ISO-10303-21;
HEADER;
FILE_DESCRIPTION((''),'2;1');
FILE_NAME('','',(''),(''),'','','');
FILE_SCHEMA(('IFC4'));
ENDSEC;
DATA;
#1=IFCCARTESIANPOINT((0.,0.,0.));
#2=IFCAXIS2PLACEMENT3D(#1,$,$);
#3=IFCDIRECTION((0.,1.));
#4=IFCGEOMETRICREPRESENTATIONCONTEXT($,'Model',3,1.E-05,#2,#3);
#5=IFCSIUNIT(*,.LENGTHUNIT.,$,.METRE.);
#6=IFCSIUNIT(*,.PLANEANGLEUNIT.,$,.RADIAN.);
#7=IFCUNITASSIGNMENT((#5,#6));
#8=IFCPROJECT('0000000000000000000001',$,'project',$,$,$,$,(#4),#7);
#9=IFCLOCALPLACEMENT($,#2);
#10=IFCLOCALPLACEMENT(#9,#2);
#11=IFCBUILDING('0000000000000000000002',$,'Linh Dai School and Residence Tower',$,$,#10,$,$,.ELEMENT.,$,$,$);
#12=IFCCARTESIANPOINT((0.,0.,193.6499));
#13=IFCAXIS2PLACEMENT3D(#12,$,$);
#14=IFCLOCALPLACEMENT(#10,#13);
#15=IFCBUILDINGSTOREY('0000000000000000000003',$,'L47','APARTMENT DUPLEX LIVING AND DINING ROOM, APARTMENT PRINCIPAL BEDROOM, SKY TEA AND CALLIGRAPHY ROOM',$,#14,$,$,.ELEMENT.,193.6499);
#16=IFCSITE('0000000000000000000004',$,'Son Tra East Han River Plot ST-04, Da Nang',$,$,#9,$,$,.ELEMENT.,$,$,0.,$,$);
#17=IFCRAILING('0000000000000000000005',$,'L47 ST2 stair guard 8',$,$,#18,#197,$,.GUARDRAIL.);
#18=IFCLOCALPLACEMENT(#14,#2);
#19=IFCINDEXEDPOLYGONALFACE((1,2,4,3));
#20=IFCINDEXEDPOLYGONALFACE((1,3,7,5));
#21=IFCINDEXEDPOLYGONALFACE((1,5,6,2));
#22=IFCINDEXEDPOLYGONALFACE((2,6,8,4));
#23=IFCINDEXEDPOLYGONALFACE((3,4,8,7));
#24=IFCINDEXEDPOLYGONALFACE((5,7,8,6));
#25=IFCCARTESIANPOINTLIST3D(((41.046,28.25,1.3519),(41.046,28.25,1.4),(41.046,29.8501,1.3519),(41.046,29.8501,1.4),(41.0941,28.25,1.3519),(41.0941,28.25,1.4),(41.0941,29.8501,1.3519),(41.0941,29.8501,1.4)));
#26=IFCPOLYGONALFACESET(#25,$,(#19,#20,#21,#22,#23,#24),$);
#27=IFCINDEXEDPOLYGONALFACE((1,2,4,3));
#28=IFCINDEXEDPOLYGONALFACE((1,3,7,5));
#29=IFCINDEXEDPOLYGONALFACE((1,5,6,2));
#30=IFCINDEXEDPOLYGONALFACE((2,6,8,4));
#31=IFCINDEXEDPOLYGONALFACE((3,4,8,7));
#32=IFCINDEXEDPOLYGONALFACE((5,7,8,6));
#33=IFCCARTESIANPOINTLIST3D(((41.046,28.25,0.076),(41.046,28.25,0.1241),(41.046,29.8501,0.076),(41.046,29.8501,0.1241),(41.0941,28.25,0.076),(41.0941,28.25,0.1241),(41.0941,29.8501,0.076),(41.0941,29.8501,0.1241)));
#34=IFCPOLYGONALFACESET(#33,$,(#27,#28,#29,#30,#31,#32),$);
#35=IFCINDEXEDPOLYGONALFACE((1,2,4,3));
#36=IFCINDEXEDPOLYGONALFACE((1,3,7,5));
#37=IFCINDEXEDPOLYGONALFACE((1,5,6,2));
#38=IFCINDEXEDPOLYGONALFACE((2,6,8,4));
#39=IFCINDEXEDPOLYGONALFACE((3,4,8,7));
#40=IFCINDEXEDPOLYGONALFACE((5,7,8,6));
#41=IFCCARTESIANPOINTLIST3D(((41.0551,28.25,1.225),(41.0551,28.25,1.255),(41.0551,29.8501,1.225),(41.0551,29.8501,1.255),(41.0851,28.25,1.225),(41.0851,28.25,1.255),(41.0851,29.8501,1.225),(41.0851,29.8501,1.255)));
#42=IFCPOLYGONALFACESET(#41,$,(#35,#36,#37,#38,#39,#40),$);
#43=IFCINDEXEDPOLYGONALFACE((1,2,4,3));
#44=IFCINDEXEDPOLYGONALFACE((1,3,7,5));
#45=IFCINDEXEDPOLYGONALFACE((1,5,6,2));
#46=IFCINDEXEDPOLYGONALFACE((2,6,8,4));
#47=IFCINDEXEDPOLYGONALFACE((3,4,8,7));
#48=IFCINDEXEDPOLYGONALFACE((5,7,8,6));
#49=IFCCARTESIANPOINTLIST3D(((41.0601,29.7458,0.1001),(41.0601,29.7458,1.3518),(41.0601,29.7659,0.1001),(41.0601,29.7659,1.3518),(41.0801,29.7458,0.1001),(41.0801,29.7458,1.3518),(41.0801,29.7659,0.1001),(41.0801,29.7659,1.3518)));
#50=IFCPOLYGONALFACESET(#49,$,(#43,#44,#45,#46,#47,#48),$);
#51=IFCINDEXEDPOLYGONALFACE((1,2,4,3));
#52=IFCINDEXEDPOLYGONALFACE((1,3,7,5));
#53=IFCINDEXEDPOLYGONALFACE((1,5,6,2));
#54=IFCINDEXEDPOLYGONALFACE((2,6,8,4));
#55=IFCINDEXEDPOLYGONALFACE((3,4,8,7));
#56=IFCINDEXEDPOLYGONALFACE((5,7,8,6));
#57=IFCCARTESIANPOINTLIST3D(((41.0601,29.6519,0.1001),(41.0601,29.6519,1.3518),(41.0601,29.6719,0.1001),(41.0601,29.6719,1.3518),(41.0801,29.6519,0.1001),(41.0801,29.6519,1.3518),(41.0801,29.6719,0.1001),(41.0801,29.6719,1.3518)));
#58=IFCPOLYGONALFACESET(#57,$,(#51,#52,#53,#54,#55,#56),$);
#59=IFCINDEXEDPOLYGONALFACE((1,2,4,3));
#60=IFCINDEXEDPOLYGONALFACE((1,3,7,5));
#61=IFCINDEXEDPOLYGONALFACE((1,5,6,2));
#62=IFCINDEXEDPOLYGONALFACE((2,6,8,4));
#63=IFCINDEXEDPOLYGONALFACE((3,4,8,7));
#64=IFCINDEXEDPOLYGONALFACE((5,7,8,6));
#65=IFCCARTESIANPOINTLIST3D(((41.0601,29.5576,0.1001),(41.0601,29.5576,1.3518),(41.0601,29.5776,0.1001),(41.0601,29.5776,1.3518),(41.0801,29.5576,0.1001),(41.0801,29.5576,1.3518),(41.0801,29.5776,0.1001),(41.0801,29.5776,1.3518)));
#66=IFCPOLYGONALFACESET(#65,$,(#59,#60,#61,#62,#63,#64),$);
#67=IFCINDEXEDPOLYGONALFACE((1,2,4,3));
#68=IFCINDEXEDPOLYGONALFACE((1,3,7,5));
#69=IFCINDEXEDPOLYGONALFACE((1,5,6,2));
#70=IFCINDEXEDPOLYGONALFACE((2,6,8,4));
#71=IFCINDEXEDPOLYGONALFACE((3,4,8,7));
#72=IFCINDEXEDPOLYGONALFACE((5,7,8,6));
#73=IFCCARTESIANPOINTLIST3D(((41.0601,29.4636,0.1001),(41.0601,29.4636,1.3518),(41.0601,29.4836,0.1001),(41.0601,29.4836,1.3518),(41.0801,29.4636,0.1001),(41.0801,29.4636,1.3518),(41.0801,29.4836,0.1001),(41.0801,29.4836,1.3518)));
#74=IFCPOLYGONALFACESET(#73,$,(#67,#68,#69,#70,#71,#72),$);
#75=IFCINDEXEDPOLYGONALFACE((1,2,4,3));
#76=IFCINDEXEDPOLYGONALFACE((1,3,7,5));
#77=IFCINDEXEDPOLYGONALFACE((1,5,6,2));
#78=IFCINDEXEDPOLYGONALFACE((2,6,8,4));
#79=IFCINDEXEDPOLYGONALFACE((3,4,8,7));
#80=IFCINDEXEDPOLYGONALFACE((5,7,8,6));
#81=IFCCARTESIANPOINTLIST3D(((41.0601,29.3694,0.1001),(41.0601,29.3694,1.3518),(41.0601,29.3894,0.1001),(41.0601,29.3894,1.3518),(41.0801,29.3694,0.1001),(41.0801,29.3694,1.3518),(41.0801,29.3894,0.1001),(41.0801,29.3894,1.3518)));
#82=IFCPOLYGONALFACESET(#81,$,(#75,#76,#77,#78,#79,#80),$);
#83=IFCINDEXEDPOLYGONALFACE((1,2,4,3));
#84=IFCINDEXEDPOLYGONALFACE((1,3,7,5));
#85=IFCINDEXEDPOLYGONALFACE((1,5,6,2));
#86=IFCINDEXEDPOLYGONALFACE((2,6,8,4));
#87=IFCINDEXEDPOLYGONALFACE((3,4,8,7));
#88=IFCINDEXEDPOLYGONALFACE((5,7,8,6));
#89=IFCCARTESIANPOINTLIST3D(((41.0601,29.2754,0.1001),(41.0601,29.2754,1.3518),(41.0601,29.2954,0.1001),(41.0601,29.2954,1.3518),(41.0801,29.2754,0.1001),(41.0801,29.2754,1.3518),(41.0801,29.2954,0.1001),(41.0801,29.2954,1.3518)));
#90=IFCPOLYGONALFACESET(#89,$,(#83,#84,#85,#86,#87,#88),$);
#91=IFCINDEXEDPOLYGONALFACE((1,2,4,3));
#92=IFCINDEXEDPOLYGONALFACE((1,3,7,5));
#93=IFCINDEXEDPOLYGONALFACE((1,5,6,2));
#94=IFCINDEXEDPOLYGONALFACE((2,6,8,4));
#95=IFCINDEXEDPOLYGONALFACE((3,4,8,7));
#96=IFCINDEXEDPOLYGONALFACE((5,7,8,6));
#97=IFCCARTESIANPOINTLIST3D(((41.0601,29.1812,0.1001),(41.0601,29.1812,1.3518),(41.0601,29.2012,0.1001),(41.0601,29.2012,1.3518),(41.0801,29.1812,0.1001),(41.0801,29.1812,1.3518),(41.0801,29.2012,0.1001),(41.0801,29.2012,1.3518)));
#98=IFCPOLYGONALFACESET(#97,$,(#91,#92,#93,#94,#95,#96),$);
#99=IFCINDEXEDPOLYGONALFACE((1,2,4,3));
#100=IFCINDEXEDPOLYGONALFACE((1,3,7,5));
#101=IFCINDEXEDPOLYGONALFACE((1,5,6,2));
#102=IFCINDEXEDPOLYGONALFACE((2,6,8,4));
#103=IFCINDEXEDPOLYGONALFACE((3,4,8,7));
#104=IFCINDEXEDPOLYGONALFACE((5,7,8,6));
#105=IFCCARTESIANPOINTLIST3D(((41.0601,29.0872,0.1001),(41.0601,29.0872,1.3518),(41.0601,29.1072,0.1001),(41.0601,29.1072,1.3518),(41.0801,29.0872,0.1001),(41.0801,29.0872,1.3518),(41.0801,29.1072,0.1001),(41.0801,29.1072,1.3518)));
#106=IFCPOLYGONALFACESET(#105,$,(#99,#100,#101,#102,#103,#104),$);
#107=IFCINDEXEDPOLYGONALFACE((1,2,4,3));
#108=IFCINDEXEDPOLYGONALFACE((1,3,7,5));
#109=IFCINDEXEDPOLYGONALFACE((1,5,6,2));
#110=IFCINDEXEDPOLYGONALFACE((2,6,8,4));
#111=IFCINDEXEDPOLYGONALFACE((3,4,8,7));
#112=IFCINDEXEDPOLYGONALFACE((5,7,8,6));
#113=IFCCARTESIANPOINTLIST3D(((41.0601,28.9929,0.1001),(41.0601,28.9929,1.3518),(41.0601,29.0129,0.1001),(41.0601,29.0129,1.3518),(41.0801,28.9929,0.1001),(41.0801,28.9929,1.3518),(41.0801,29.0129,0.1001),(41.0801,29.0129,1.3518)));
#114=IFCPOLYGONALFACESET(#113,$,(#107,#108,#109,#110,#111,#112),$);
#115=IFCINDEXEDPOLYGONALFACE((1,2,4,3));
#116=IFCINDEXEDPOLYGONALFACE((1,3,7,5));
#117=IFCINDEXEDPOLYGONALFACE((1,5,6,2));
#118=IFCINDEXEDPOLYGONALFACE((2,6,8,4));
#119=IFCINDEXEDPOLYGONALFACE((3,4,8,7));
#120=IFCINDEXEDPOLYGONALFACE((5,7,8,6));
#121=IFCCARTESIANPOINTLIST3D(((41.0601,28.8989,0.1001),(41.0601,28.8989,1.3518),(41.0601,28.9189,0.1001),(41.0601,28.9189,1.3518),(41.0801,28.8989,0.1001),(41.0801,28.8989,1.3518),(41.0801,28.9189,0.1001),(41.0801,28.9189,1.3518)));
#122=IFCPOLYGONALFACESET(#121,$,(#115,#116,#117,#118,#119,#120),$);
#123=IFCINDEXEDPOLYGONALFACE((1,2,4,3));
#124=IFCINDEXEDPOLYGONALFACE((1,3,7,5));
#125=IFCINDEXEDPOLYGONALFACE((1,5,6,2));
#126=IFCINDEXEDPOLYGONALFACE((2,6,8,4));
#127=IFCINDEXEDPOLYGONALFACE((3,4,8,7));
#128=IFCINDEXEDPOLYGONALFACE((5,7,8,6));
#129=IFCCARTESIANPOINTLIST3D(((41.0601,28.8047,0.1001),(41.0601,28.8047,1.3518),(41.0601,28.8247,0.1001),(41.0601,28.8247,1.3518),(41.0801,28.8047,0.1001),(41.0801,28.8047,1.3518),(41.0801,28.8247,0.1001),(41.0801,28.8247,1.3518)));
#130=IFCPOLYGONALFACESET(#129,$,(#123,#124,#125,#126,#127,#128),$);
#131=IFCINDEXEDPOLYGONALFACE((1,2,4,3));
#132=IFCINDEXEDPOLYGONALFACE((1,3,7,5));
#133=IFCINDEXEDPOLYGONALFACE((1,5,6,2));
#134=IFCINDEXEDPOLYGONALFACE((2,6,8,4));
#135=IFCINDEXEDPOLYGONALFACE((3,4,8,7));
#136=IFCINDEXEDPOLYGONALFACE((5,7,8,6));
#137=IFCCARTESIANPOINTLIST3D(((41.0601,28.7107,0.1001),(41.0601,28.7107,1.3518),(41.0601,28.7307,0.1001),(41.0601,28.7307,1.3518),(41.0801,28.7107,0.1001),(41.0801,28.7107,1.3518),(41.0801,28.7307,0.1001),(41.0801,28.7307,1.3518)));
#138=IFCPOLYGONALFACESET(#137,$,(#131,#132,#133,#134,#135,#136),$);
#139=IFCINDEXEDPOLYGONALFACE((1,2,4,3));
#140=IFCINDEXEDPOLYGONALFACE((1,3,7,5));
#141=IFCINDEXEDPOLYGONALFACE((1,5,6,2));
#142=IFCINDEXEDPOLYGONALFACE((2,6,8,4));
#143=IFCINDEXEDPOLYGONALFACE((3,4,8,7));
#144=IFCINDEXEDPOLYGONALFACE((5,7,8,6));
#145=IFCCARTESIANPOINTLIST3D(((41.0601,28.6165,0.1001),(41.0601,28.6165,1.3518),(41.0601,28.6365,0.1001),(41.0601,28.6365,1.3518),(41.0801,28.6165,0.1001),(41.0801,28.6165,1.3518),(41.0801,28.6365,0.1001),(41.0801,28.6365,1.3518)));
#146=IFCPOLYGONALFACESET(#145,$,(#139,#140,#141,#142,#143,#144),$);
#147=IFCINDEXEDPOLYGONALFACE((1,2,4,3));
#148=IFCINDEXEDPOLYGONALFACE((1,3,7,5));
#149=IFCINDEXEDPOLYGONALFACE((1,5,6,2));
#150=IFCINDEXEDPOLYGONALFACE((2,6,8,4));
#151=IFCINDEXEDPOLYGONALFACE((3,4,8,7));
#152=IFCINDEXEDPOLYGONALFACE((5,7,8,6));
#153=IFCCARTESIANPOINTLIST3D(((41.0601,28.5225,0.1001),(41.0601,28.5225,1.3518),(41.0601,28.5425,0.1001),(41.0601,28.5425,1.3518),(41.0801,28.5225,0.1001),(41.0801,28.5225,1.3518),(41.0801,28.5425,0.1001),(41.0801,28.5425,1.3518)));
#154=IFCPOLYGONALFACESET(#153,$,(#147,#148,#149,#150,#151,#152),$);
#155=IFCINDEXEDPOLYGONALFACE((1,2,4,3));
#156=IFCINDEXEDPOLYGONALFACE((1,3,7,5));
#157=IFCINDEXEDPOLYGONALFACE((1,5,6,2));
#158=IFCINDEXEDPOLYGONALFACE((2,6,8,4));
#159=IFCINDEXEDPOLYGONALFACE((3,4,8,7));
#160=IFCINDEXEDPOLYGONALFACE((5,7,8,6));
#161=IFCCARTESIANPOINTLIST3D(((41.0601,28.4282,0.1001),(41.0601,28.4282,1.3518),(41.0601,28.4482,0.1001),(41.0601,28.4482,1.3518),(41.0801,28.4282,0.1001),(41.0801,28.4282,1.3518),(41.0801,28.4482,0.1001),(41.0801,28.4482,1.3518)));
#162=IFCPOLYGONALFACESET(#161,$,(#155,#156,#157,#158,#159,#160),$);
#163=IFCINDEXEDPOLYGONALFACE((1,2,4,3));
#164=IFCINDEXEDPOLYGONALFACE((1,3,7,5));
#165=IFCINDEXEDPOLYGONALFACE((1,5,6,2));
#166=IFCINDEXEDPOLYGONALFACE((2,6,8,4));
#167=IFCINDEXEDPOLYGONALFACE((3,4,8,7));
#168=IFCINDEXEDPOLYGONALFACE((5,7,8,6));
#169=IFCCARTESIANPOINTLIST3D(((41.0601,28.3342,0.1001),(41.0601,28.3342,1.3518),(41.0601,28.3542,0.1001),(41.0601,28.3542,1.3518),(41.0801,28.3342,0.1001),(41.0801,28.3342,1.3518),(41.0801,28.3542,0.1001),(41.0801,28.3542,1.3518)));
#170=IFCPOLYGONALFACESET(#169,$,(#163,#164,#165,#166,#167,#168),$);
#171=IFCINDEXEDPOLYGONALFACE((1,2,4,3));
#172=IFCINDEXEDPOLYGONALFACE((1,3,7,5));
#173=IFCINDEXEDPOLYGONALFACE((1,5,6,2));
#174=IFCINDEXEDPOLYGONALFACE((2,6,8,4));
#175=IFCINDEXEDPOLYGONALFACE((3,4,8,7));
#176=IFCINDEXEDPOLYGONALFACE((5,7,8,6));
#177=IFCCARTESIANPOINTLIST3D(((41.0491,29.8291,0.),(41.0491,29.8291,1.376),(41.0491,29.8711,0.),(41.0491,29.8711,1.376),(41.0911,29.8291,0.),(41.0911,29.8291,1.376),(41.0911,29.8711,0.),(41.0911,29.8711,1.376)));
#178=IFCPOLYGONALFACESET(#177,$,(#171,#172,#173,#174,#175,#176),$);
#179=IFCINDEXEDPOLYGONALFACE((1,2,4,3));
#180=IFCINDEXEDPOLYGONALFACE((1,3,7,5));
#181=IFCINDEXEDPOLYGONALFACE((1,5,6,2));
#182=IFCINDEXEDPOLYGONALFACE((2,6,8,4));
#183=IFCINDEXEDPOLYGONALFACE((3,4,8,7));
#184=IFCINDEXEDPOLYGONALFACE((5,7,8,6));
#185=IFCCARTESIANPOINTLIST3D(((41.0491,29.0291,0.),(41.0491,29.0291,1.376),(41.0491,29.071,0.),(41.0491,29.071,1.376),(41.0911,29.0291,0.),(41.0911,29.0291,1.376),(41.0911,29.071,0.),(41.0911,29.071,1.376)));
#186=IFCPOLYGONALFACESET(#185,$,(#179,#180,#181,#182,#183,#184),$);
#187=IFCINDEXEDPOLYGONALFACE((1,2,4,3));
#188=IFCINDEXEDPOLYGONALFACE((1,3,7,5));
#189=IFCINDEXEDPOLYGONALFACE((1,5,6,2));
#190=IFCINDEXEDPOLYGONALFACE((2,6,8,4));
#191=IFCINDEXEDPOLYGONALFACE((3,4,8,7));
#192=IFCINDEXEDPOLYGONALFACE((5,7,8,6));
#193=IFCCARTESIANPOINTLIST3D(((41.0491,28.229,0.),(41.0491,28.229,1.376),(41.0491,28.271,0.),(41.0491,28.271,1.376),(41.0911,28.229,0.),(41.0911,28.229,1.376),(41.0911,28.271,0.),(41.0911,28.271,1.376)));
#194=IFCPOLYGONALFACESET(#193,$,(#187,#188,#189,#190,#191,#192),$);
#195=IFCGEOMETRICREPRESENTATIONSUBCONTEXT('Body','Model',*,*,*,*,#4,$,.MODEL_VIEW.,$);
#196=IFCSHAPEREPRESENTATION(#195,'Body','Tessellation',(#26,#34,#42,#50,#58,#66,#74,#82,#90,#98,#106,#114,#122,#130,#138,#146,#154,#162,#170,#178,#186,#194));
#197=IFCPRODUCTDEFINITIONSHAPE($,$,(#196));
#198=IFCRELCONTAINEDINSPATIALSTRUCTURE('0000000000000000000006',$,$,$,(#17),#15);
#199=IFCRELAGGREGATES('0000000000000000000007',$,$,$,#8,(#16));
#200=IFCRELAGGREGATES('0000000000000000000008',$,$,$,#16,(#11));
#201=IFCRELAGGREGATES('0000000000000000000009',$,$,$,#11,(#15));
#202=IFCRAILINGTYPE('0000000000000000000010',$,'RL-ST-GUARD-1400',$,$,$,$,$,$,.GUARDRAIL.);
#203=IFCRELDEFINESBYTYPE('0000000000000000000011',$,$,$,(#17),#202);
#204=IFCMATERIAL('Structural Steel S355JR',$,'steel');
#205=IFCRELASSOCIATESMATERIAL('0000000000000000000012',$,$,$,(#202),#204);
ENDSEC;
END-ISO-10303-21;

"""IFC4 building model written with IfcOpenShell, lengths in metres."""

from ifc_helpers import new_model, si_unit, direction, frame, origin, origin_2d, place, context, subcontext, project, spatial, rectangle, extrude, source, transform, mapped, material, type_object, element, save


model = new_model("IFC4")

# Units and contexts
model_context = context("Model", 3, precision=1e-05, world=origin(), true_north=direction((0.0, 1.0)))
body_context = subcontext(model_context, "Body", "Model", "MODEL_VIEW")
ifc_project = project(units=[si_unit("LENGTHUNIT", "METRE"), si_unit("PLANEANGLEUNIT", "RADIAN")], contexts=[model_context])

# Site, building, storey
site_placement = place(None, origin())
site = spatial("IfcSite", under=ifc_project, at=site_placement, Name="Son Tra East Han River Plot ST-04, Da Nang", CompositionType="ELEMENT", RefElevation=0.0)
building_placement = place(site_placement, origin())
building = spatial("IfcBuilding", under=site, at=building_placement, Name="Linh Dai School and Residence Tower", CompositionType="ELEMENT")
storey_placement = place(building_placement, frame((0.0, 0.0, 193.6499)))
storey = spatial("IfcBuildingStorey", under=building, at=storey_placement, Name="L47", Description="APARTMENT DUPLEX LIVING AND DINING ROOM, APARTMENT PRINCIPAL BEDROOM, SKY TEA AND CALLIGRAPHY ROOM", CompositionType="ELEMENT", Elevation=193.6499)

# Shared definitions
ifc_material_1 = material(Name="Structural Steel S355JR", Category="steel")

# Railing
railing_type_1 = type_object("IfcRailingType", Name="RL-ST-GUARD-1400", PredefinedType="GUARDRAIL", material=ifc_material_1)
shared_shape_1 = source(origin(), body_context, "Body", "SweptSolid", [
    extrude(rectangle(XDim=0.0481, YDim=0.0481, at=origin_2d()), frame((0.0, 0.0, 1.376), z_axis=(0.0, -1.0, 0.0), x_axis=(1.0, 0.0, 0.0)), (0.0, 0.0, 1.0), 1.6001),
    extrude(rectangle(XDim=0.0481, YDim=0.0481, at=origin_2d()), frame((0.0, 0.0, 0.1001), z_axis=(0.0, -1.0, 0.0), x_axis=(1.0, 0.0, 0.0)), (0.0, 0.0, 1.0), 1.6001),
    extrude(rectangle(XDim=0.03, YDim=0.03, at=origin_2d()), frame((0.0, 0.0, 1.24), z_axis=(0.0, -1.0, 0.0), x_axis=(1.0, 0.0, 0.0)), (0.0, 0.0, 1.0), 1.6001),
    extrude(rectangle(XDim=0.02, YDim=0.02, at=origin_2d()), frame((0.0, -0.0942, 0.1001)), (0.0, 0.0, 1.0), 1.2517),
    extrude(rectangle(XDim=0.02, YDim=0.02, at=origin_2d()), frame((0.0, -0.1882, 0.1001)), (0.0, 0.0, 1.0), 1.2517),
    extrude(rectangle(XDim=0.02, YDim=0.02, at=origin_2d()), frame((0.0, -0.2825, 0.1001)), (0.0, 0.0, 1.0), 1.2517),
    extrude(rectangle(XDim=0.02, YDim=0.02, at=origin_2d()), frame((0.0, -0.3765, 0.1001)), (0.0, 0.0, 1.0), 1.2517),
    extrude(rectangle(XDim=0.02, YDim=0.02, at=origin_2d()), frame((0.0, -0.4707, 0.1001)), (0.0, 0.0, 1.0), 1.2517),
    extrude(rectangle(XDim=0.02, YDim=0.02, at=origin_2d()), frame((0.0, -0.5647, 0.1001)), (0.0, 0.0, 1.0), 1.2517),
    extrude(rectangle(XDim=0.02, YDim=0.02, at=origin_2d()), frame((0.0, -0.6589, 0.1001)), (0.0, 0.0, 1.0), 1.2517),
    extrude(rectangle(XDim=0.02, YDim=0.02, at=origin_2d()), frame((0.0, -0.7529, 0.1001)), (0.0, 0.0, 1.0), 1.2517),
    extrude(rectangle(XDim=0.02, YDim=0.02, at=origin_2d()), frame((0.0, -0.8472, 0.1001)), (0.0, 0.0, 1.0), 1.2517),
    extrude(rectangle(XDim=0.02, YDim=0.02, at=origin_2d()), frame((0.0, -0.9412, 0.1001)), (0.0, 0.0, 1.0), 1.2517),
    extrude(rectangle(XDim=0.02, YDim=0.02, at=origin_2d()), frame((0.0, -1.0354, 0.1001)), (0.0, 0.0, 1.0), 1.2517),
    extrude(rectangle(XDim=0.02, YDim=0.02, at=origin_2d()), frame((0.0, -1.1294, 0.1001)), (0.0, 0.0, 1.0), 1.2517),
    extrude(rectangle(XDim=0.02, YDim=0.02, at=origin_2d()), frame((0.0, -1.2236, 0.1001)), (0.0, 0.0, 1.0), 1.2517),
    extrude(rectangle(XDim=0.02, YDim=0.02, at=origin_2d()), frame((0.0, -1.3176, 0.1001)), (0.0, 0.0, 1.0), 1.2517),
    extrude(rectangle(XDim=0.02, YDim=0.02, at=origin_2d()), frame((0.0, -1.4119, 0.1001)), (0.0, 0.0, 1.0), 1.2517),
    extrude(rectangle(XDim=0.02, YDim=0.02, at=origin_2d()), frame((0.0, -1.5059, 0.1001)), (0.0, 0.0, 1.0), 1.2517),
    extrude(rectangle(XDim=0.042, YDim=0.042, at=origin_2d()), origin(), (0.0, 0.0, 1.0), 1.376),
    extrude(rectangle(XDim=0.042, YDim=0.042, at=origin_2d()), frame((0.0, -0.8, 0.0)), (0.0, 0.0, 1.0), 1.376),
    extrude(rectangle(XDim=0.042, YDim=0.042, at=origin_2d()), frame((0.0, -1.6001, 0.0)), (0.0, 0.0, 1.0), 1.376),
])
for number, where, name in (
    (1, (41.0701, 29.8501, 0.0), "L47 ST2 stair guard 8"),
):
    element("IfcRailing", number, at=place(storey_placement, frame(where)), inside=storey, type_object=railing_type_1, Name=name, PredefinedType="GUARDRAIL", context=body_context, shape_type="MappedRepresentation", body=[
        mapped(shared_shape_1, transform((0.0, 0.0, 0.0), x_axis=(1.0, 0.0, 0.0), y_axis=(0.0, 1.0, 0.0), z_axis=(0.0, 0.0, 1.0), scale=1.0)),
    ])

save(model, "model.ifc")
